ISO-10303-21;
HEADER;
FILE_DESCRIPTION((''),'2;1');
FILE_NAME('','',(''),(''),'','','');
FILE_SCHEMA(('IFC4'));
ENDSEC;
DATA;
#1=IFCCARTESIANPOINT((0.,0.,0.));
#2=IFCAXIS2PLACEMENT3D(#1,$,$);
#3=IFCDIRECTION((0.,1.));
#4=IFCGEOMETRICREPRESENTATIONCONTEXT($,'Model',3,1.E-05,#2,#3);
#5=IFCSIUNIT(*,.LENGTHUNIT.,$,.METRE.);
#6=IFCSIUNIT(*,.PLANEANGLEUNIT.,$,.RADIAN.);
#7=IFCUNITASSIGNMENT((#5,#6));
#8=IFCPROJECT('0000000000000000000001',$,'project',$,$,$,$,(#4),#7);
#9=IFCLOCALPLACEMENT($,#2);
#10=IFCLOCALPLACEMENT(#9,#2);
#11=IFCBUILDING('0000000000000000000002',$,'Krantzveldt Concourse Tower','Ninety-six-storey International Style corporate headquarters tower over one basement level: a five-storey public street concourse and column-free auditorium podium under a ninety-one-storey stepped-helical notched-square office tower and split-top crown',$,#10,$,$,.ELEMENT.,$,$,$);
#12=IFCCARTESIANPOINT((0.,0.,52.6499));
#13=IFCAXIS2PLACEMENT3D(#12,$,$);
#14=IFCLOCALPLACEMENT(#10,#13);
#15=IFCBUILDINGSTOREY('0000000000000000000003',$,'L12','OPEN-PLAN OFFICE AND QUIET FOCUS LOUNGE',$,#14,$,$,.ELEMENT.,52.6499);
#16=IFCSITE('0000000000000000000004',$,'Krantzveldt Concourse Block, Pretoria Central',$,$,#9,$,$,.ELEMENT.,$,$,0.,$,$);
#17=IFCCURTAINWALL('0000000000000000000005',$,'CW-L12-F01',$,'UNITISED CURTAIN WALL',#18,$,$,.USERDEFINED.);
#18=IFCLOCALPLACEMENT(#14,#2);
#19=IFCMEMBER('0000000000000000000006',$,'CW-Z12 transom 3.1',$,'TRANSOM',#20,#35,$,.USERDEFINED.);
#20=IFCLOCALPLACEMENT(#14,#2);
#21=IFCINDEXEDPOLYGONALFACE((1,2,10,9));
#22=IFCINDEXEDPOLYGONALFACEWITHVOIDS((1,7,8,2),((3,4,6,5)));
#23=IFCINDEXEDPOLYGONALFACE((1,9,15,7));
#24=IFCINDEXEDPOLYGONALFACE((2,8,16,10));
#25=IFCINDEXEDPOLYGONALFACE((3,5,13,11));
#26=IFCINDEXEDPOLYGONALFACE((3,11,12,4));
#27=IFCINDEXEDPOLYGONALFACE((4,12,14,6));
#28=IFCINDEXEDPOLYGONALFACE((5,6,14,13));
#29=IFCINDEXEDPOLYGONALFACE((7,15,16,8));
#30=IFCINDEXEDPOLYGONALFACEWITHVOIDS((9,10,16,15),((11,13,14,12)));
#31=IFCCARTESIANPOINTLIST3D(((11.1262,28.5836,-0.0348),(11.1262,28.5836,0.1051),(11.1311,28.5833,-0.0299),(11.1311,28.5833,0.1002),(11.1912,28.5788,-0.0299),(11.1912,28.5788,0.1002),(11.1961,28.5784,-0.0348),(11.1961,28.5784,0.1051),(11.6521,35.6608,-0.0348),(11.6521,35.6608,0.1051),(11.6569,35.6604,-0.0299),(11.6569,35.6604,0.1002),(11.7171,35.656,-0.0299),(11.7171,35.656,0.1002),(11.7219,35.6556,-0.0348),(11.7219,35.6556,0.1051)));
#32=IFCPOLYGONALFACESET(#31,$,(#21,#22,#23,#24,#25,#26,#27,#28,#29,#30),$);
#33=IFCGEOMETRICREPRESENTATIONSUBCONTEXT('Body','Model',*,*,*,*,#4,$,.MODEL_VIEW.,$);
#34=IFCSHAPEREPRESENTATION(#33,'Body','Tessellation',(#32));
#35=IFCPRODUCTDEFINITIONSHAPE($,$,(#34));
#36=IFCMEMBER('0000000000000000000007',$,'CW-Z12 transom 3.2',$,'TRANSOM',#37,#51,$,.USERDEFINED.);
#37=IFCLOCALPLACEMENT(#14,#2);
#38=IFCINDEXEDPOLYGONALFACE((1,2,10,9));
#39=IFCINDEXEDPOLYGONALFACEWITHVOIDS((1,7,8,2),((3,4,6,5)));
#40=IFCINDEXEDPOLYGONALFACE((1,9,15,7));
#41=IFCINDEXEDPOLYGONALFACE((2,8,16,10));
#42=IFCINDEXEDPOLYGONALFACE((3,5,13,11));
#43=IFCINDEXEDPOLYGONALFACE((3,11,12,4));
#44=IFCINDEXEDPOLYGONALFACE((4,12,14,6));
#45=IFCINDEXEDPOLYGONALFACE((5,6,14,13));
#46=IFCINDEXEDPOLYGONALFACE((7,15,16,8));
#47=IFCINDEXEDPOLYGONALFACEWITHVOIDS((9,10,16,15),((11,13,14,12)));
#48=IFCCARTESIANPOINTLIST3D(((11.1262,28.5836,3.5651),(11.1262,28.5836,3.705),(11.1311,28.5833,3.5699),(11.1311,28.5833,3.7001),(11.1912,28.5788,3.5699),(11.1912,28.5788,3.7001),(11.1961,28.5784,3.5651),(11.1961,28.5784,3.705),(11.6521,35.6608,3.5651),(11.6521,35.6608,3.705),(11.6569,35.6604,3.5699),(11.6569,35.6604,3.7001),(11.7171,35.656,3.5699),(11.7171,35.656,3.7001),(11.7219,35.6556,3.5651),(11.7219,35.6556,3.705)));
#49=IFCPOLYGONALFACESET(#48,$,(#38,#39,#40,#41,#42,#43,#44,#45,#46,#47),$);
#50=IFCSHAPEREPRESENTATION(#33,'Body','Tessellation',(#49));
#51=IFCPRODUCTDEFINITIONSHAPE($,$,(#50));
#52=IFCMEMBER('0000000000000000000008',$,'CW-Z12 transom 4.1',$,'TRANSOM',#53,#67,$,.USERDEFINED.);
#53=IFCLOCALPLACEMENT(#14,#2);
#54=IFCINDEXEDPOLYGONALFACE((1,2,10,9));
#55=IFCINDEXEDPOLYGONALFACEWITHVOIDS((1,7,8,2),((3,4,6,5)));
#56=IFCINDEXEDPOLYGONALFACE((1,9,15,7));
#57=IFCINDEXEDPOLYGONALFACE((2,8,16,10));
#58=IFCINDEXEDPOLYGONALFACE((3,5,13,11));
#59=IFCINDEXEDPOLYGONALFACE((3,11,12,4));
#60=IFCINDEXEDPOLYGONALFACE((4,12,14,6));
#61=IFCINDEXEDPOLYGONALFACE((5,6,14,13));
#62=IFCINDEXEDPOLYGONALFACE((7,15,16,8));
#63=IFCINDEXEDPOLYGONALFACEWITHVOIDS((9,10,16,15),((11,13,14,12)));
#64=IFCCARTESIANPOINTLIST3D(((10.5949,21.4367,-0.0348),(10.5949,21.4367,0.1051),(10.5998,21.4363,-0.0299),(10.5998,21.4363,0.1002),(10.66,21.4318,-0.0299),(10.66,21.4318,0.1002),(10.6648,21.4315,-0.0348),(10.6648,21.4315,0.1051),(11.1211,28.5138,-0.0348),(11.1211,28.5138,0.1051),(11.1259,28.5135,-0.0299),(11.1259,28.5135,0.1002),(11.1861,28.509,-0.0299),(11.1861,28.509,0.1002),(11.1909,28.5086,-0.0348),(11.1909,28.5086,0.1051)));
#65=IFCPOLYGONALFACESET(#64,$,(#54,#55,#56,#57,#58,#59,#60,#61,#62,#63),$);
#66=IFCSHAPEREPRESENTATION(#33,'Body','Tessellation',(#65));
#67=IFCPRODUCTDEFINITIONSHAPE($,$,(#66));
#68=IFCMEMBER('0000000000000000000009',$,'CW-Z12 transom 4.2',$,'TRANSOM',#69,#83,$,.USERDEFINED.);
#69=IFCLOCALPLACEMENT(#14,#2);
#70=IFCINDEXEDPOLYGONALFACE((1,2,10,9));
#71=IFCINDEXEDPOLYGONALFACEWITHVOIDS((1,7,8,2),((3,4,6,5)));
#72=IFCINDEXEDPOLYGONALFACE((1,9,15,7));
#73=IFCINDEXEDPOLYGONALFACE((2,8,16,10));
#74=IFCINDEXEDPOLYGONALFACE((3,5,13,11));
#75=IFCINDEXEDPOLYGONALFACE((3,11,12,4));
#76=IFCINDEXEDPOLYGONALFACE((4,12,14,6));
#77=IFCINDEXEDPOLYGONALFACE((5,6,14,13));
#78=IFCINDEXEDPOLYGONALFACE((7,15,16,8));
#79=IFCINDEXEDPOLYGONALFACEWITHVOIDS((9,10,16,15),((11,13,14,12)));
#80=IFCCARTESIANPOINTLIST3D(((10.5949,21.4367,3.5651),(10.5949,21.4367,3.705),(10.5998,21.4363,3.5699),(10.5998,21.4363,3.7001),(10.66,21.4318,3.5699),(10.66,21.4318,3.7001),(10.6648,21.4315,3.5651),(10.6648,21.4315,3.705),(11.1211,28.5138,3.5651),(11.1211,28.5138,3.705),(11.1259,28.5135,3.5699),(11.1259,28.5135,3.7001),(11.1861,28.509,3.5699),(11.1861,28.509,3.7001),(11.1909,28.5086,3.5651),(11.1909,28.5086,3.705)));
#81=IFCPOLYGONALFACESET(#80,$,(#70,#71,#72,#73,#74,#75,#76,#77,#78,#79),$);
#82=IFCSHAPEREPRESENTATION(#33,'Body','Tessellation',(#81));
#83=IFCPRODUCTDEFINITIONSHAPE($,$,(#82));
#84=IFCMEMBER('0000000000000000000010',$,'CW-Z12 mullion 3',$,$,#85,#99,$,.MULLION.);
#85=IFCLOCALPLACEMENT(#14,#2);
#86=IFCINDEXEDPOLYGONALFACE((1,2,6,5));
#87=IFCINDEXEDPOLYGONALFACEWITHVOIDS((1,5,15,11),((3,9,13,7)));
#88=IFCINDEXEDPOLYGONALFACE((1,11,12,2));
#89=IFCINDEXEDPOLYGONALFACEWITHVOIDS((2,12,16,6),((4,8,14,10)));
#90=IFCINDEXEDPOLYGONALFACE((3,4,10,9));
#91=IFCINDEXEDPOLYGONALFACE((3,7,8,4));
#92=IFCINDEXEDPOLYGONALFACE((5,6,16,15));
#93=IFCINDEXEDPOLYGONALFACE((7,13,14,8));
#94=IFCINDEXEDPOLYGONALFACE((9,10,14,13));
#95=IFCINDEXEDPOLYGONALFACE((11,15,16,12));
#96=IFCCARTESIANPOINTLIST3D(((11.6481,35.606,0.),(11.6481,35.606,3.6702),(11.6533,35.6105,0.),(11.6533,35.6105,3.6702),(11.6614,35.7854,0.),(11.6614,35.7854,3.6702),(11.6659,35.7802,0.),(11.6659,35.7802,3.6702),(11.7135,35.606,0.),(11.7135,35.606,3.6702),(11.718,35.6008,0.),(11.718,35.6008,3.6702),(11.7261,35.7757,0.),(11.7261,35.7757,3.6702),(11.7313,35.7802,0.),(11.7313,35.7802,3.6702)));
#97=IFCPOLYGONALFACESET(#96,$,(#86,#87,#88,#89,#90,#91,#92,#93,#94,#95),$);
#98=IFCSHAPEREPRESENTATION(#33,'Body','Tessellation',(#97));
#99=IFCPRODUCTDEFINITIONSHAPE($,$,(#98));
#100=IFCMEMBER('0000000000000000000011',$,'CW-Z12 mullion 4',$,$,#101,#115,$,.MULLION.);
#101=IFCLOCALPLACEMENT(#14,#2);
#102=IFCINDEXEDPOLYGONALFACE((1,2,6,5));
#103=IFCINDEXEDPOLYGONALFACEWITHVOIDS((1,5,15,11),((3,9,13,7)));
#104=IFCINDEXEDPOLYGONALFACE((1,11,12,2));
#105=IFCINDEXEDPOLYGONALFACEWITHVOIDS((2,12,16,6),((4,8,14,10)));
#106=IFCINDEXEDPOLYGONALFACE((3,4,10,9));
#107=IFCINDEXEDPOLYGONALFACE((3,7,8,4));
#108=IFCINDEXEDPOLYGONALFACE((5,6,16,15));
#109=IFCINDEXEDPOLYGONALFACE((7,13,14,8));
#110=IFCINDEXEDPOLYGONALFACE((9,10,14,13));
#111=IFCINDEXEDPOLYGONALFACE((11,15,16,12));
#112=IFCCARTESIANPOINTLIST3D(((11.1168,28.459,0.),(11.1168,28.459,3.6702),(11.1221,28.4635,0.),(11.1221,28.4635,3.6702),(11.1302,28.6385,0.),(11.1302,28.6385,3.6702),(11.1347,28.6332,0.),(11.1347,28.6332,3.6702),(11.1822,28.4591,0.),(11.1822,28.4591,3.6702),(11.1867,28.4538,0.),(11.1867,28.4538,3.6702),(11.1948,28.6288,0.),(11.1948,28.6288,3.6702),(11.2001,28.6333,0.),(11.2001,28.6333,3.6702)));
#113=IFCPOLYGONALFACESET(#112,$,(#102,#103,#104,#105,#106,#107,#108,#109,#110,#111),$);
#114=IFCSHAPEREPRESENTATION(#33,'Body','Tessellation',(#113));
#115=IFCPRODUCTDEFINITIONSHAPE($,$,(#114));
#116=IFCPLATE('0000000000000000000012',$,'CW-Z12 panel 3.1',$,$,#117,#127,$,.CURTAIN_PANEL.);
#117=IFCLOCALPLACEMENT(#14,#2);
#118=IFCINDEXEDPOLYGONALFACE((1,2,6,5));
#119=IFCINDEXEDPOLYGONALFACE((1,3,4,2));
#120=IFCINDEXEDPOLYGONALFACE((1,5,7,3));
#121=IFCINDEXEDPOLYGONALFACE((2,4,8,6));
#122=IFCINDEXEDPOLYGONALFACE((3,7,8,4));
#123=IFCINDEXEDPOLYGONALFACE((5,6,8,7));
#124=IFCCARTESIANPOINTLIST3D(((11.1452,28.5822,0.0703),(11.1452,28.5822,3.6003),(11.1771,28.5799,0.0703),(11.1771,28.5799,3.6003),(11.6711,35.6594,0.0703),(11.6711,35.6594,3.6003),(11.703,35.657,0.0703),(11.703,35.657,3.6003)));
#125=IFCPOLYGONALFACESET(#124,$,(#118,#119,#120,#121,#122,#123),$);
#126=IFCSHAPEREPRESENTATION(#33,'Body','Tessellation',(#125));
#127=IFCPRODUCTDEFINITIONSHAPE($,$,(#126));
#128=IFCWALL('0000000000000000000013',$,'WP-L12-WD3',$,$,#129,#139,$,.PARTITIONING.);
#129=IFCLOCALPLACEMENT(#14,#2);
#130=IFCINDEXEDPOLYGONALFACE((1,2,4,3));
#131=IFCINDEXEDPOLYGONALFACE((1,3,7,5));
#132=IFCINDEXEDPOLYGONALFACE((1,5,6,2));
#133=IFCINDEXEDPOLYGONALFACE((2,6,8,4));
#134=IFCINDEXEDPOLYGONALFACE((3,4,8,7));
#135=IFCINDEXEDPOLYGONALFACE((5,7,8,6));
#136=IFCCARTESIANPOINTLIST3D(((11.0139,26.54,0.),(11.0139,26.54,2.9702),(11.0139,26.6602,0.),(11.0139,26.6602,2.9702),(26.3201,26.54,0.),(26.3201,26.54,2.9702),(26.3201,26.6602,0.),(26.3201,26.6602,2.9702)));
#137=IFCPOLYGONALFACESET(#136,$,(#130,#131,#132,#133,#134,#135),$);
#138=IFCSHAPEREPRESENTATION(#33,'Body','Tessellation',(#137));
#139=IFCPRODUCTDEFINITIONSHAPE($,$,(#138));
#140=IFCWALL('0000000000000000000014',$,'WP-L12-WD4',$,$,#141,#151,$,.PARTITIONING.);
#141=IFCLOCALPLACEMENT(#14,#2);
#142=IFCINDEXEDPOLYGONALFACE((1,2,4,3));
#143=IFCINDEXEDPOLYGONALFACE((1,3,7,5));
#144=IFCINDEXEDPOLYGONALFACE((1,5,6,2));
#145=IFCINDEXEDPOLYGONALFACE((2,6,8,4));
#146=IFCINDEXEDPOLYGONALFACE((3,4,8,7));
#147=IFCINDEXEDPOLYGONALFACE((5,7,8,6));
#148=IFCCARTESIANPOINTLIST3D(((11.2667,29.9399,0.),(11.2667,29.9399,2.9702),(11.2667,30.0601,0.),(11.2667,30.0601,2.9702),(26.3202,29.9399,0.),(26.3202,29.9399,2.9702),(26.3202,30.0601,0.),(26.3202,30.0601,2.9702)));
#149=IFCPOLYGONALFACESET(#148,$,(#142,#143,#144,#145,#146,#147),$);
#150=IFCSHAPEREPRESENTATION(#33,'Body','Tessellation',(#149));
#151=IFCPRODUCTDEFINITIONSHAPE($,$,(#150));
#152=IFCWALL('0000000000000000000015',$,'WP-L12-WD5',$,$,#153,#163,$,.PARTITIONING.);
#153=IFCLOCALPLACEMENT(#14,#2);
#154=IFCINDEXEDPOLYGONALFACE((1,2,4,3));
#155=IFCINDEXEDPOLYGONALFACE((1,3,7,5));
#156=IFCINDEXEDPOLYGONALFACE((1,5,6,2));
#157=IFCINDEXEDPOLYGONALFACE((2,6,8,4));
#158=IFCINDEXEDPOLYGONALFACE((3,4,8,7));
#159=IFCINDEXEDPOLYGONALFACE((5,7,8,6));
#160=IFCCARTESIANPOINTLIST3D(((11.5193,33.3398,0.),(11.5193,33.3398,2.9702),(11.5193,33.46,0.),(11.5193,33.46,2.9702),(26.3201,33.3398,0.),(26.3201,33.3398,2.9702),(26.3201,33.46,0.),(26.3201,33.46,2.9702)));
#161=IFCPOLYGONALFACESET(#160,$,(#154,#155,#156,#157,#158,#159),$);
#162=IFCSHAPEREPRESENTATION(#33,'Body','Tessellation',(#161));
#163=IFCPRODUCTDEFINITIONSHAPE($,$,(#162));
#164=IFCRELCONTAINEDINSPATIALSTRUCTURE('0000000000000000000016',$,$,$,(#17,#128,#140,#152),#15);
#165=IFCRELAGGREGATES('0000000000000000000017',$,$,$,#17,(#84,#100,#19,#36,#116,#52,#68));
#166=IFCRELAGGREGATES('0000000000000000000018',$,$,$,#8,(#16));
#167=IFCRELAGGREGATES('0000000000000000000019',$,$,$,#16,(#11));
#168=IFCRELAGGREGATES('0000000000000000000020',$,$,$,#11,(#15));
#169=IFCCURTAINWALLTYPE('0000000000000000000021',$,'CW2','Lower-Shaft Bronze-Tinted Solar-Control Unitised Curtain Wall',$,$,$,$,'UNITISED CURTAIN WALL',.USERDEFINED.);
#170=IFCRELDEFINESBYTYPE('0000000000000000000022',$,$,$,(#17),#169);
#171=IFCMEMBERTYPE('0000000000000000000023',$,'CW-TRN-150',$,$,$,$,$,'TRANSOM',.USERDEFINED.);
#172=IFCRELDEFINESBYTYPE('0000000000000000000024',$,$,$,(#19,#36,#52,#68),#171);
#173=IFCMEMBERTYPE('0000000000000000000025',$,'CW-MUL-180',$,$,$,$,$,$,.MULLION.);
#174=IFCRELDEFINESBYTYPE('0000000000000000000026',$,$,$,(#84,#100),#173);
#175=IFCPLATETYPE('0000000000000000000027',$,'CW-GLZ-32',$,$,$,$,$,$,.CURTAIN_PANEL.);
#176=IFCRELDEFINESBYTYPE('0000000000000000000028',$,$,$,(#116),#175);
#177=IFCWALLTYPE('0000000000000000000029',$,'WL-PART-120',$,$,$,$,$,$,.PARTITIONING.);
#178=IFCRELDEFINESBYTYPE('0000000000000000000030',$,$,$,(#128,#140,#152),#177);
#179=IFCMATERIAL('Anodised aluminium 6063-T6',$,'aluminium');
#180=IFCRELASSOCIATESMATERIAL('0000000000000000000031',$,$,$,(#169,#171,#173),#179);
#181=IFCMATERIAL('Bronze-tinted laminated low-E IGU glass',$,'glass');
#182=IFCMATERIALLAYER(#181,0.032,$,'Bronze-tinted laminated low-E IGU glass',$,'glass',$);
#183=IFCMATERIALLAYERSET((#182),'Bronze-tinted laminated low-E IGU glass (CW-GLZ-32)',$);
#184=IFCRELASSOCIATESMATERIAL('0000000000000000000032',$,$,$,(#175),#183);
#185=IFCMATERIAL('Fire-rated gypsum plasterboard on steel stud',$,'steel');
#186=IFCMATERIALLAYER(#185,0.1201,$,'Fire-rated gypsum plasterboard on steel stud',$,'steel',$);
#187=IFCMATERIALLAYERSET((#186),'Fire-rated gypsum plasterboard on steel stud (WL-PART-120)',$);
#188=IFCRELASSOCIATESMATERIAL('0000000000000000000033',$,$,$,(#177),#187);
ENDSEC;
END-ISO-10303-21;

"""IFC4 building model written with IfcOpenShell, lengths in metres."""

from ifc_helpers import new_model, si_unit, direction, frame, frame_2d, origin, origin_2d, place, context, subcontext, project, spatial, rectangle, hollow_rectangle, extrude, source, transform, mapped, material, layer, layer_set, material_profile, profile_set, type_object, type_shapes, element, aggregate, save


model = new_model("IFC4")

# Units and contexts
model_context = context("Model", 3, precision=1e-05, world=origin(), true_north=direction((0.0, 1.0)))
body_context = subcontext(model_context, "Body", "Model", "MODEL_VIEW")
ifc_project = project(units=[si_unit("LENGTHUNIT", "METRE"), si_unit("PLANEANGLEUNIT", "RADIAN")], contexts=[model_context])

# Site, building, storey
site_placement = place(None, origin())
site = spatial("IfcSite", under=ifc_project, at=site_placement, Name="Krantzveldt Concourse Block, Pretoria Central", CompositionType="ELEMENT", RefElevation=0.0)
building_placement = place(site_placement, origin())
building = spatial("IfcBuilding", under=site, at=building_placement, Name="Krantzveldt Concourse Tower", Description="Ninety-six-storey International Style corporate headquarters tower over one basement level: a five-storey public street concourse and column-free auditorium podium under a ninety-one-storey stepped-helical notched-square office tower and split-top crown", CompositionType="ELEMENT")
storey_placement = place(building_placement, frame((0.0, 0.0, 52.6499)))
storey = spatial("IfcBuildingStorey", under=building, at=storey_placement, Name="L12", Description="OPEN-PLAN OFFICE AND QUIET FOCUS LOUNGE", CompositionType="ELEMENT", Elevation=52.6499)

# Curtain wall, members, plate
ifc_material_1 = material(Name="Anodised aluminium 6063-T6", Category="aluminium")
curtain_wall_type = type_object("IfcCurtainWallType", Name="CW2", Description="Lower-Shaft Bronze-Tinted Solar-Control Unitised Curtain Wall", ElementType="UNITISED CURTAIN WALL", PredefinedType="USERDEFINED", material=ifc_material_1)
curtain_wall_placement = place(storey_placement, origin())
curtain_wall = element("IfcCurtainWall", 1, at=curtain_wall_placement, inside=storey, type_object=curtain_wall_type, Name="CW-L12-F01", ObjectType="UNITISED CURTAIN WALL", PredefinedType="USERDEFINED")
ifc_material_profile_1 = material_profile(ifc_material_1, hollow_rectangle(XDim=0.0701, YDim=0.1399, WallThickness=0.0049, at=origin_2d()), Name="Anodised aluminium 6063-T6", Category="aluminium")
ifc_profile_set_1 = profile_set([ifc_material_profile_1], Name="Anodised aluminium 6063-T6 - ALU-TRAN 140x70x5")
member_type_1 = type_object("IfcMemberType", Name="CW-TRN-150", ElementType="TRANSOM", PredefinedType="USERDEFINED", material=ifc_profile_set_1)
shared_shape_1 = source(origin(), body_context, "Body", "SweptSolid", [
    extrude(hollow_rectangle(XDim=0.0701, YDim=0.1399, WallThickness=0.0049, at=origin_2d()), origin(), (0.0, 0.0, 1.0), 7.0967),
])
type_shapes(member_type_1, [shared_shape_1])
member_1_placement = place(storey_placement, frame((11.687, 35.6582, 0.0352), z_axis=(-0.074102, -0.997251, 0.0), x_axis=(0.997251, -0.074102, 0.0)))
member_1 = element("IfcMember", 2, at=member_1_placement, type_object=member_type_1, Name="CW-Z12 transom 3.1", ObjectType="TRANSOM", PredefinedType="USERDEFINED", context=body_context, shape_type="MappedRepresentation", body=[
    mapped(shared_shape_1, transform((0.0, 0.0, 0.0), x_axis=(1.0, 0.0, 0.0), y_axis=(0.0, 1.0, 0.0), z_axis=(0.0, 0.0, 1.0), scale=1.0)),
])
member_2_placement = place(storey_placement, frame((11.687, 35.6582, 3.635), z_axis=(-0.074102, -0.997251, 0.0), x_axis=(0.997251, -0.074102, 0.0)))
member_2 = element("IfcMember", 3, at=member_2_placement, type_object=member_type_1, Name="CW-Z12 transom 3.2", ObjectType="TRANSOM", PredefinedType="USERDEFINED", context=body_context, shape_type="MappedRepresentation", body=[
    mapped(shared_shape_1, transform((0.0, 0.0, 0.0), x_axis=(1.0, 0.0, 0.0), y_axis=(0.0, 1.0, 0.0), z_axis=(0.0, 0.0, 1.0), scale=1.0)),
])
member_3_placement = place(storey_placement, frame((11.156, 28.5112, 0.0352), z_axis=(-0.074137, -0.997248, 0.0), x_axis=(0.997248, -0.074137, 0.0)))
member_3 = element("IfcMember", 4, at=member_3_placement, type_object=member_type_1, Name="CW-Z12 transom 4.1", ObjectType="TRANSOM", PredefinedType="USERDEFINED", context=body_context, shape_type="MappedRepresentation", body=[
    mapped(shared_shape_1, transform((0.0, 0.0, 0.0), x_axis=(1.0, 0.0, 0.0), y_axis=(0.0, 1.0, 0.0), z_axis=(0.0, 0.0, 1.0), scale=1.0)),
])
member_4_placement = place(storey_placement, frame((11.156, 28.5112, 3.635), z_axis=(-0.074137, -0.997248, 0.0), x_axis=(0.997248, -0.074137, 0.0)))
member_4 = element("IfcMember", 5, at=member_4_placement, type_object=member_type_1, Name="CW-Z12 transom 4.2", ObjectType="TRANSOM", PredefinedType="USERDEFINED", context=body_context, shape_type="MappedRepresentation", body=[
    mapped(shared_shape_1, transform((0.0, 0.0, 0.0), x_axis=(1.0, 0.0, 0.0), y_axis=(0.0, 1.0, 0.0), z_axis=(0.0, 0.0, 1.0), scale=1.0)),
])
ifc_material_profile_2 = material_profile(ifc_material_1, hollow_rectangle(XDim=0.0701, YDim=0.1799, WallThickness=0.0049, at=origin_2d()), Name="Anodised aluminium 6063-T6", Category="aluminium")
ifc_profile_set_2 = profile_set([ifc_material_profile_2], Name="Anodised aluminium 6063-T6 - ALU-MULL 180x70x5")
member_type_2 = type_object("IfcMemberType", Name="CW-MUL-180", PredefinedType="MULLION", material=ifc_profile_set_2)
shared_shape_2 = source(origin(), body_context, "Body", "SweptSolid", [
    extrude(hollow_rectangle(XDim=0.0701, YDim=0.1799, WallThickness=0.0049, at=origin_2d()), origin(), (0.0, 0.0, 1.0), 3.6702),
])
type_shapes(member_type_2, [shared_shape_2])
member_5_placement = place(storey_placement, frame((11.6897, 35.6931, 0.0), z_axis=(0.0, 0.0, 1.0), x_axis=(0.99725, -0.074109, 0.0)))
member_5 = element("IfcMember", 6, at=member_5_placement, type_object=member_type_2, Name="CW-Z12 mullion 3", PredefinedType="MULLION", context=body_context, shape_type="MappedRepresentation", body=[
    mapped(shared_shape_2, transform((0.0, 0.0, 0.0), x_axis=(1.0, 0.0, 0.0), y_axis=(0.0, 1.0, 0.0), z_axis=(0.0, 0.0, 1.0), scale=1.0)),
])
member_6_placement = place(storey_placement, frame((11.1584, 28.5461, 0.0), z_axis=(0.0, 0.0, 1.0), x_axis=(0.99725, -0.074109, 0.0)))
member_6 = element("IfcMember", 7, at=member_6_placement, type_object=member_type_2, Name="CW-Z12 mullion 4", PredefinedType="MULLION", context=body_context, shape_type="MappedRepresentation", body=[
    mapped(shared_shape_2, transform((0.0, 0.0, 0.0), x_axis=(1.0, 0.0, 0.0), y_axis=(0.0, 1.0, 0.0), z_axis=(0.0, 0.0, 1.0), scale=1.0)),
])
ifc_material_2 = material(Name="Bronze-tinted laminated low-E IGU glass", Category="glass")
ifc_layer_1 = layer(ifc_material_2, 0.032, Name="Bronze-tinted laminated low-E IGU glass", Category="glass")
ifc_layer_set_1 = layer_set([ifc_layer_1], Name="Bronze-tinted laminated low-E IGU glass (CW-GLZ-32)")
plate_type = type_object("IfcPlateType", Name="CW-GLZ-32", PredefinedType="CURTAIN_PANEL", material=ifc_layer_set_1)
shared_shape_3 = source(origin(), body_context, "Body", "SweptSolid", [
    extrude(rectangle(XDim=7.0967, YDim=0.032, at=origin_2d()), origin(), (0.0, 0.0, 1.0), 3.53),
])
type_shapes(plate_type, [shared_shape_3])
plate_placement = place(storey_placement, frame((11.4241, 32.1196, 0.0703), z_axis=(0.0, 0.0, 1.0), x_axis=(-0.074109, -0.99725, 0.0)))
plate = element("IfcPlate", 8, at=plate_placement, type_object=plate_type, Name="CW-Z12 panel 3.1", PredefinedType="CURTAIN_PANEL", context=body_context, shape_type="MappedRepresentation", body=[
    mapped(shared_shape_3, transform((0.0, 0.0, 0.0), x_axis=(1.0, 0.0, 0.0), y_axis=(0.0, 1.0, 0.0), z_axis=(0.0, 0.0, 1.0), scale=1.0)),
])
aggregate(curtain_wall, [member_5, member_6, member_1, member_2, plate, member_3, member_4])

# Walls
ifc_material_3 = material(Name="Fire-rated gypsum plasterboard on steel stud", Category="steel")
ifc_layer_2 = layer(ifc_material_3, 0.1201, Name="Fire-rated gypsum plasterboard on steel stud", Category="steel")
ifc_layer_set_2 = layer_set([ifc_layer_2], Name="Fire-rated gypsum plasterboard on steel stud (WL-PART-120)")
wall_type = type_object("IfcWallType", Name="WL-PART-120", PredefinedType="PARTITIONING", material=ifc_layer_set_2)
wall_1_placement = place(storey_placement, frame((11.0139, 26.6001, 0.0), z_axis=(0.0, 0.0, 1.0), x_axis=(1.0, 0.0, 0.0)))
element("IfcWall", 9, at=wall_1_placement, inside=storey, type_object=wall_type, Name="WP-L12-WD3", PredefinedType="PARTITIONING", context=body_context, shape_type="SweptSolid", body=[
    extrude(rectangle(XDim=15.3062, YDim=0.1201, at=frame_2d((7.6531, 0.0))), origin(), (0.0, 0.0, 1.0), 2.9702),
])
wall_2_placement = place(storey_placement, frame((11.2666, 30.0, 0.0), z_axis=(0.0, 0.0, 1.0), x_axis=(1.0, 0.0, 0.0)))
element("IfcWall", 10, at=wall_2_placement, inside=storey, type_object=wall_type, Name="WP-L12-WD4", PredefinedType="PARTITIONING", context=body_context, shape_type="SweptSolid", body=[
    extrude(rectangle(XDim=15.0535, YDim=0.1201, at=frame_2d((7.5269, 0.0))), origin(), (0.0, 0.0, 1.0), 2.9702),
])
wall_3_placement = place(storey_placement, frame((11.5193, 33.3999, 0.0), z_axis=(0.0, 0.0, 1.0), x_axis=(1.0, 0.0, 0.0)))
element("IfcWall", 11, at=wall_3_placement, inside=storey, type_object=wall_type, Name="WP-L12-WD5", PredefinedType="PARTITIONING", context=body_context, shape_type="SweptSolid", body=[
    extrude(rectangle(XDim=14.8008, YDim=0.1201, at=frame_2d((7.4004, 0.0))), origin(), (0.0, 0.0, 1.0), 2.9702),
])

save(model, "model.ifc")
